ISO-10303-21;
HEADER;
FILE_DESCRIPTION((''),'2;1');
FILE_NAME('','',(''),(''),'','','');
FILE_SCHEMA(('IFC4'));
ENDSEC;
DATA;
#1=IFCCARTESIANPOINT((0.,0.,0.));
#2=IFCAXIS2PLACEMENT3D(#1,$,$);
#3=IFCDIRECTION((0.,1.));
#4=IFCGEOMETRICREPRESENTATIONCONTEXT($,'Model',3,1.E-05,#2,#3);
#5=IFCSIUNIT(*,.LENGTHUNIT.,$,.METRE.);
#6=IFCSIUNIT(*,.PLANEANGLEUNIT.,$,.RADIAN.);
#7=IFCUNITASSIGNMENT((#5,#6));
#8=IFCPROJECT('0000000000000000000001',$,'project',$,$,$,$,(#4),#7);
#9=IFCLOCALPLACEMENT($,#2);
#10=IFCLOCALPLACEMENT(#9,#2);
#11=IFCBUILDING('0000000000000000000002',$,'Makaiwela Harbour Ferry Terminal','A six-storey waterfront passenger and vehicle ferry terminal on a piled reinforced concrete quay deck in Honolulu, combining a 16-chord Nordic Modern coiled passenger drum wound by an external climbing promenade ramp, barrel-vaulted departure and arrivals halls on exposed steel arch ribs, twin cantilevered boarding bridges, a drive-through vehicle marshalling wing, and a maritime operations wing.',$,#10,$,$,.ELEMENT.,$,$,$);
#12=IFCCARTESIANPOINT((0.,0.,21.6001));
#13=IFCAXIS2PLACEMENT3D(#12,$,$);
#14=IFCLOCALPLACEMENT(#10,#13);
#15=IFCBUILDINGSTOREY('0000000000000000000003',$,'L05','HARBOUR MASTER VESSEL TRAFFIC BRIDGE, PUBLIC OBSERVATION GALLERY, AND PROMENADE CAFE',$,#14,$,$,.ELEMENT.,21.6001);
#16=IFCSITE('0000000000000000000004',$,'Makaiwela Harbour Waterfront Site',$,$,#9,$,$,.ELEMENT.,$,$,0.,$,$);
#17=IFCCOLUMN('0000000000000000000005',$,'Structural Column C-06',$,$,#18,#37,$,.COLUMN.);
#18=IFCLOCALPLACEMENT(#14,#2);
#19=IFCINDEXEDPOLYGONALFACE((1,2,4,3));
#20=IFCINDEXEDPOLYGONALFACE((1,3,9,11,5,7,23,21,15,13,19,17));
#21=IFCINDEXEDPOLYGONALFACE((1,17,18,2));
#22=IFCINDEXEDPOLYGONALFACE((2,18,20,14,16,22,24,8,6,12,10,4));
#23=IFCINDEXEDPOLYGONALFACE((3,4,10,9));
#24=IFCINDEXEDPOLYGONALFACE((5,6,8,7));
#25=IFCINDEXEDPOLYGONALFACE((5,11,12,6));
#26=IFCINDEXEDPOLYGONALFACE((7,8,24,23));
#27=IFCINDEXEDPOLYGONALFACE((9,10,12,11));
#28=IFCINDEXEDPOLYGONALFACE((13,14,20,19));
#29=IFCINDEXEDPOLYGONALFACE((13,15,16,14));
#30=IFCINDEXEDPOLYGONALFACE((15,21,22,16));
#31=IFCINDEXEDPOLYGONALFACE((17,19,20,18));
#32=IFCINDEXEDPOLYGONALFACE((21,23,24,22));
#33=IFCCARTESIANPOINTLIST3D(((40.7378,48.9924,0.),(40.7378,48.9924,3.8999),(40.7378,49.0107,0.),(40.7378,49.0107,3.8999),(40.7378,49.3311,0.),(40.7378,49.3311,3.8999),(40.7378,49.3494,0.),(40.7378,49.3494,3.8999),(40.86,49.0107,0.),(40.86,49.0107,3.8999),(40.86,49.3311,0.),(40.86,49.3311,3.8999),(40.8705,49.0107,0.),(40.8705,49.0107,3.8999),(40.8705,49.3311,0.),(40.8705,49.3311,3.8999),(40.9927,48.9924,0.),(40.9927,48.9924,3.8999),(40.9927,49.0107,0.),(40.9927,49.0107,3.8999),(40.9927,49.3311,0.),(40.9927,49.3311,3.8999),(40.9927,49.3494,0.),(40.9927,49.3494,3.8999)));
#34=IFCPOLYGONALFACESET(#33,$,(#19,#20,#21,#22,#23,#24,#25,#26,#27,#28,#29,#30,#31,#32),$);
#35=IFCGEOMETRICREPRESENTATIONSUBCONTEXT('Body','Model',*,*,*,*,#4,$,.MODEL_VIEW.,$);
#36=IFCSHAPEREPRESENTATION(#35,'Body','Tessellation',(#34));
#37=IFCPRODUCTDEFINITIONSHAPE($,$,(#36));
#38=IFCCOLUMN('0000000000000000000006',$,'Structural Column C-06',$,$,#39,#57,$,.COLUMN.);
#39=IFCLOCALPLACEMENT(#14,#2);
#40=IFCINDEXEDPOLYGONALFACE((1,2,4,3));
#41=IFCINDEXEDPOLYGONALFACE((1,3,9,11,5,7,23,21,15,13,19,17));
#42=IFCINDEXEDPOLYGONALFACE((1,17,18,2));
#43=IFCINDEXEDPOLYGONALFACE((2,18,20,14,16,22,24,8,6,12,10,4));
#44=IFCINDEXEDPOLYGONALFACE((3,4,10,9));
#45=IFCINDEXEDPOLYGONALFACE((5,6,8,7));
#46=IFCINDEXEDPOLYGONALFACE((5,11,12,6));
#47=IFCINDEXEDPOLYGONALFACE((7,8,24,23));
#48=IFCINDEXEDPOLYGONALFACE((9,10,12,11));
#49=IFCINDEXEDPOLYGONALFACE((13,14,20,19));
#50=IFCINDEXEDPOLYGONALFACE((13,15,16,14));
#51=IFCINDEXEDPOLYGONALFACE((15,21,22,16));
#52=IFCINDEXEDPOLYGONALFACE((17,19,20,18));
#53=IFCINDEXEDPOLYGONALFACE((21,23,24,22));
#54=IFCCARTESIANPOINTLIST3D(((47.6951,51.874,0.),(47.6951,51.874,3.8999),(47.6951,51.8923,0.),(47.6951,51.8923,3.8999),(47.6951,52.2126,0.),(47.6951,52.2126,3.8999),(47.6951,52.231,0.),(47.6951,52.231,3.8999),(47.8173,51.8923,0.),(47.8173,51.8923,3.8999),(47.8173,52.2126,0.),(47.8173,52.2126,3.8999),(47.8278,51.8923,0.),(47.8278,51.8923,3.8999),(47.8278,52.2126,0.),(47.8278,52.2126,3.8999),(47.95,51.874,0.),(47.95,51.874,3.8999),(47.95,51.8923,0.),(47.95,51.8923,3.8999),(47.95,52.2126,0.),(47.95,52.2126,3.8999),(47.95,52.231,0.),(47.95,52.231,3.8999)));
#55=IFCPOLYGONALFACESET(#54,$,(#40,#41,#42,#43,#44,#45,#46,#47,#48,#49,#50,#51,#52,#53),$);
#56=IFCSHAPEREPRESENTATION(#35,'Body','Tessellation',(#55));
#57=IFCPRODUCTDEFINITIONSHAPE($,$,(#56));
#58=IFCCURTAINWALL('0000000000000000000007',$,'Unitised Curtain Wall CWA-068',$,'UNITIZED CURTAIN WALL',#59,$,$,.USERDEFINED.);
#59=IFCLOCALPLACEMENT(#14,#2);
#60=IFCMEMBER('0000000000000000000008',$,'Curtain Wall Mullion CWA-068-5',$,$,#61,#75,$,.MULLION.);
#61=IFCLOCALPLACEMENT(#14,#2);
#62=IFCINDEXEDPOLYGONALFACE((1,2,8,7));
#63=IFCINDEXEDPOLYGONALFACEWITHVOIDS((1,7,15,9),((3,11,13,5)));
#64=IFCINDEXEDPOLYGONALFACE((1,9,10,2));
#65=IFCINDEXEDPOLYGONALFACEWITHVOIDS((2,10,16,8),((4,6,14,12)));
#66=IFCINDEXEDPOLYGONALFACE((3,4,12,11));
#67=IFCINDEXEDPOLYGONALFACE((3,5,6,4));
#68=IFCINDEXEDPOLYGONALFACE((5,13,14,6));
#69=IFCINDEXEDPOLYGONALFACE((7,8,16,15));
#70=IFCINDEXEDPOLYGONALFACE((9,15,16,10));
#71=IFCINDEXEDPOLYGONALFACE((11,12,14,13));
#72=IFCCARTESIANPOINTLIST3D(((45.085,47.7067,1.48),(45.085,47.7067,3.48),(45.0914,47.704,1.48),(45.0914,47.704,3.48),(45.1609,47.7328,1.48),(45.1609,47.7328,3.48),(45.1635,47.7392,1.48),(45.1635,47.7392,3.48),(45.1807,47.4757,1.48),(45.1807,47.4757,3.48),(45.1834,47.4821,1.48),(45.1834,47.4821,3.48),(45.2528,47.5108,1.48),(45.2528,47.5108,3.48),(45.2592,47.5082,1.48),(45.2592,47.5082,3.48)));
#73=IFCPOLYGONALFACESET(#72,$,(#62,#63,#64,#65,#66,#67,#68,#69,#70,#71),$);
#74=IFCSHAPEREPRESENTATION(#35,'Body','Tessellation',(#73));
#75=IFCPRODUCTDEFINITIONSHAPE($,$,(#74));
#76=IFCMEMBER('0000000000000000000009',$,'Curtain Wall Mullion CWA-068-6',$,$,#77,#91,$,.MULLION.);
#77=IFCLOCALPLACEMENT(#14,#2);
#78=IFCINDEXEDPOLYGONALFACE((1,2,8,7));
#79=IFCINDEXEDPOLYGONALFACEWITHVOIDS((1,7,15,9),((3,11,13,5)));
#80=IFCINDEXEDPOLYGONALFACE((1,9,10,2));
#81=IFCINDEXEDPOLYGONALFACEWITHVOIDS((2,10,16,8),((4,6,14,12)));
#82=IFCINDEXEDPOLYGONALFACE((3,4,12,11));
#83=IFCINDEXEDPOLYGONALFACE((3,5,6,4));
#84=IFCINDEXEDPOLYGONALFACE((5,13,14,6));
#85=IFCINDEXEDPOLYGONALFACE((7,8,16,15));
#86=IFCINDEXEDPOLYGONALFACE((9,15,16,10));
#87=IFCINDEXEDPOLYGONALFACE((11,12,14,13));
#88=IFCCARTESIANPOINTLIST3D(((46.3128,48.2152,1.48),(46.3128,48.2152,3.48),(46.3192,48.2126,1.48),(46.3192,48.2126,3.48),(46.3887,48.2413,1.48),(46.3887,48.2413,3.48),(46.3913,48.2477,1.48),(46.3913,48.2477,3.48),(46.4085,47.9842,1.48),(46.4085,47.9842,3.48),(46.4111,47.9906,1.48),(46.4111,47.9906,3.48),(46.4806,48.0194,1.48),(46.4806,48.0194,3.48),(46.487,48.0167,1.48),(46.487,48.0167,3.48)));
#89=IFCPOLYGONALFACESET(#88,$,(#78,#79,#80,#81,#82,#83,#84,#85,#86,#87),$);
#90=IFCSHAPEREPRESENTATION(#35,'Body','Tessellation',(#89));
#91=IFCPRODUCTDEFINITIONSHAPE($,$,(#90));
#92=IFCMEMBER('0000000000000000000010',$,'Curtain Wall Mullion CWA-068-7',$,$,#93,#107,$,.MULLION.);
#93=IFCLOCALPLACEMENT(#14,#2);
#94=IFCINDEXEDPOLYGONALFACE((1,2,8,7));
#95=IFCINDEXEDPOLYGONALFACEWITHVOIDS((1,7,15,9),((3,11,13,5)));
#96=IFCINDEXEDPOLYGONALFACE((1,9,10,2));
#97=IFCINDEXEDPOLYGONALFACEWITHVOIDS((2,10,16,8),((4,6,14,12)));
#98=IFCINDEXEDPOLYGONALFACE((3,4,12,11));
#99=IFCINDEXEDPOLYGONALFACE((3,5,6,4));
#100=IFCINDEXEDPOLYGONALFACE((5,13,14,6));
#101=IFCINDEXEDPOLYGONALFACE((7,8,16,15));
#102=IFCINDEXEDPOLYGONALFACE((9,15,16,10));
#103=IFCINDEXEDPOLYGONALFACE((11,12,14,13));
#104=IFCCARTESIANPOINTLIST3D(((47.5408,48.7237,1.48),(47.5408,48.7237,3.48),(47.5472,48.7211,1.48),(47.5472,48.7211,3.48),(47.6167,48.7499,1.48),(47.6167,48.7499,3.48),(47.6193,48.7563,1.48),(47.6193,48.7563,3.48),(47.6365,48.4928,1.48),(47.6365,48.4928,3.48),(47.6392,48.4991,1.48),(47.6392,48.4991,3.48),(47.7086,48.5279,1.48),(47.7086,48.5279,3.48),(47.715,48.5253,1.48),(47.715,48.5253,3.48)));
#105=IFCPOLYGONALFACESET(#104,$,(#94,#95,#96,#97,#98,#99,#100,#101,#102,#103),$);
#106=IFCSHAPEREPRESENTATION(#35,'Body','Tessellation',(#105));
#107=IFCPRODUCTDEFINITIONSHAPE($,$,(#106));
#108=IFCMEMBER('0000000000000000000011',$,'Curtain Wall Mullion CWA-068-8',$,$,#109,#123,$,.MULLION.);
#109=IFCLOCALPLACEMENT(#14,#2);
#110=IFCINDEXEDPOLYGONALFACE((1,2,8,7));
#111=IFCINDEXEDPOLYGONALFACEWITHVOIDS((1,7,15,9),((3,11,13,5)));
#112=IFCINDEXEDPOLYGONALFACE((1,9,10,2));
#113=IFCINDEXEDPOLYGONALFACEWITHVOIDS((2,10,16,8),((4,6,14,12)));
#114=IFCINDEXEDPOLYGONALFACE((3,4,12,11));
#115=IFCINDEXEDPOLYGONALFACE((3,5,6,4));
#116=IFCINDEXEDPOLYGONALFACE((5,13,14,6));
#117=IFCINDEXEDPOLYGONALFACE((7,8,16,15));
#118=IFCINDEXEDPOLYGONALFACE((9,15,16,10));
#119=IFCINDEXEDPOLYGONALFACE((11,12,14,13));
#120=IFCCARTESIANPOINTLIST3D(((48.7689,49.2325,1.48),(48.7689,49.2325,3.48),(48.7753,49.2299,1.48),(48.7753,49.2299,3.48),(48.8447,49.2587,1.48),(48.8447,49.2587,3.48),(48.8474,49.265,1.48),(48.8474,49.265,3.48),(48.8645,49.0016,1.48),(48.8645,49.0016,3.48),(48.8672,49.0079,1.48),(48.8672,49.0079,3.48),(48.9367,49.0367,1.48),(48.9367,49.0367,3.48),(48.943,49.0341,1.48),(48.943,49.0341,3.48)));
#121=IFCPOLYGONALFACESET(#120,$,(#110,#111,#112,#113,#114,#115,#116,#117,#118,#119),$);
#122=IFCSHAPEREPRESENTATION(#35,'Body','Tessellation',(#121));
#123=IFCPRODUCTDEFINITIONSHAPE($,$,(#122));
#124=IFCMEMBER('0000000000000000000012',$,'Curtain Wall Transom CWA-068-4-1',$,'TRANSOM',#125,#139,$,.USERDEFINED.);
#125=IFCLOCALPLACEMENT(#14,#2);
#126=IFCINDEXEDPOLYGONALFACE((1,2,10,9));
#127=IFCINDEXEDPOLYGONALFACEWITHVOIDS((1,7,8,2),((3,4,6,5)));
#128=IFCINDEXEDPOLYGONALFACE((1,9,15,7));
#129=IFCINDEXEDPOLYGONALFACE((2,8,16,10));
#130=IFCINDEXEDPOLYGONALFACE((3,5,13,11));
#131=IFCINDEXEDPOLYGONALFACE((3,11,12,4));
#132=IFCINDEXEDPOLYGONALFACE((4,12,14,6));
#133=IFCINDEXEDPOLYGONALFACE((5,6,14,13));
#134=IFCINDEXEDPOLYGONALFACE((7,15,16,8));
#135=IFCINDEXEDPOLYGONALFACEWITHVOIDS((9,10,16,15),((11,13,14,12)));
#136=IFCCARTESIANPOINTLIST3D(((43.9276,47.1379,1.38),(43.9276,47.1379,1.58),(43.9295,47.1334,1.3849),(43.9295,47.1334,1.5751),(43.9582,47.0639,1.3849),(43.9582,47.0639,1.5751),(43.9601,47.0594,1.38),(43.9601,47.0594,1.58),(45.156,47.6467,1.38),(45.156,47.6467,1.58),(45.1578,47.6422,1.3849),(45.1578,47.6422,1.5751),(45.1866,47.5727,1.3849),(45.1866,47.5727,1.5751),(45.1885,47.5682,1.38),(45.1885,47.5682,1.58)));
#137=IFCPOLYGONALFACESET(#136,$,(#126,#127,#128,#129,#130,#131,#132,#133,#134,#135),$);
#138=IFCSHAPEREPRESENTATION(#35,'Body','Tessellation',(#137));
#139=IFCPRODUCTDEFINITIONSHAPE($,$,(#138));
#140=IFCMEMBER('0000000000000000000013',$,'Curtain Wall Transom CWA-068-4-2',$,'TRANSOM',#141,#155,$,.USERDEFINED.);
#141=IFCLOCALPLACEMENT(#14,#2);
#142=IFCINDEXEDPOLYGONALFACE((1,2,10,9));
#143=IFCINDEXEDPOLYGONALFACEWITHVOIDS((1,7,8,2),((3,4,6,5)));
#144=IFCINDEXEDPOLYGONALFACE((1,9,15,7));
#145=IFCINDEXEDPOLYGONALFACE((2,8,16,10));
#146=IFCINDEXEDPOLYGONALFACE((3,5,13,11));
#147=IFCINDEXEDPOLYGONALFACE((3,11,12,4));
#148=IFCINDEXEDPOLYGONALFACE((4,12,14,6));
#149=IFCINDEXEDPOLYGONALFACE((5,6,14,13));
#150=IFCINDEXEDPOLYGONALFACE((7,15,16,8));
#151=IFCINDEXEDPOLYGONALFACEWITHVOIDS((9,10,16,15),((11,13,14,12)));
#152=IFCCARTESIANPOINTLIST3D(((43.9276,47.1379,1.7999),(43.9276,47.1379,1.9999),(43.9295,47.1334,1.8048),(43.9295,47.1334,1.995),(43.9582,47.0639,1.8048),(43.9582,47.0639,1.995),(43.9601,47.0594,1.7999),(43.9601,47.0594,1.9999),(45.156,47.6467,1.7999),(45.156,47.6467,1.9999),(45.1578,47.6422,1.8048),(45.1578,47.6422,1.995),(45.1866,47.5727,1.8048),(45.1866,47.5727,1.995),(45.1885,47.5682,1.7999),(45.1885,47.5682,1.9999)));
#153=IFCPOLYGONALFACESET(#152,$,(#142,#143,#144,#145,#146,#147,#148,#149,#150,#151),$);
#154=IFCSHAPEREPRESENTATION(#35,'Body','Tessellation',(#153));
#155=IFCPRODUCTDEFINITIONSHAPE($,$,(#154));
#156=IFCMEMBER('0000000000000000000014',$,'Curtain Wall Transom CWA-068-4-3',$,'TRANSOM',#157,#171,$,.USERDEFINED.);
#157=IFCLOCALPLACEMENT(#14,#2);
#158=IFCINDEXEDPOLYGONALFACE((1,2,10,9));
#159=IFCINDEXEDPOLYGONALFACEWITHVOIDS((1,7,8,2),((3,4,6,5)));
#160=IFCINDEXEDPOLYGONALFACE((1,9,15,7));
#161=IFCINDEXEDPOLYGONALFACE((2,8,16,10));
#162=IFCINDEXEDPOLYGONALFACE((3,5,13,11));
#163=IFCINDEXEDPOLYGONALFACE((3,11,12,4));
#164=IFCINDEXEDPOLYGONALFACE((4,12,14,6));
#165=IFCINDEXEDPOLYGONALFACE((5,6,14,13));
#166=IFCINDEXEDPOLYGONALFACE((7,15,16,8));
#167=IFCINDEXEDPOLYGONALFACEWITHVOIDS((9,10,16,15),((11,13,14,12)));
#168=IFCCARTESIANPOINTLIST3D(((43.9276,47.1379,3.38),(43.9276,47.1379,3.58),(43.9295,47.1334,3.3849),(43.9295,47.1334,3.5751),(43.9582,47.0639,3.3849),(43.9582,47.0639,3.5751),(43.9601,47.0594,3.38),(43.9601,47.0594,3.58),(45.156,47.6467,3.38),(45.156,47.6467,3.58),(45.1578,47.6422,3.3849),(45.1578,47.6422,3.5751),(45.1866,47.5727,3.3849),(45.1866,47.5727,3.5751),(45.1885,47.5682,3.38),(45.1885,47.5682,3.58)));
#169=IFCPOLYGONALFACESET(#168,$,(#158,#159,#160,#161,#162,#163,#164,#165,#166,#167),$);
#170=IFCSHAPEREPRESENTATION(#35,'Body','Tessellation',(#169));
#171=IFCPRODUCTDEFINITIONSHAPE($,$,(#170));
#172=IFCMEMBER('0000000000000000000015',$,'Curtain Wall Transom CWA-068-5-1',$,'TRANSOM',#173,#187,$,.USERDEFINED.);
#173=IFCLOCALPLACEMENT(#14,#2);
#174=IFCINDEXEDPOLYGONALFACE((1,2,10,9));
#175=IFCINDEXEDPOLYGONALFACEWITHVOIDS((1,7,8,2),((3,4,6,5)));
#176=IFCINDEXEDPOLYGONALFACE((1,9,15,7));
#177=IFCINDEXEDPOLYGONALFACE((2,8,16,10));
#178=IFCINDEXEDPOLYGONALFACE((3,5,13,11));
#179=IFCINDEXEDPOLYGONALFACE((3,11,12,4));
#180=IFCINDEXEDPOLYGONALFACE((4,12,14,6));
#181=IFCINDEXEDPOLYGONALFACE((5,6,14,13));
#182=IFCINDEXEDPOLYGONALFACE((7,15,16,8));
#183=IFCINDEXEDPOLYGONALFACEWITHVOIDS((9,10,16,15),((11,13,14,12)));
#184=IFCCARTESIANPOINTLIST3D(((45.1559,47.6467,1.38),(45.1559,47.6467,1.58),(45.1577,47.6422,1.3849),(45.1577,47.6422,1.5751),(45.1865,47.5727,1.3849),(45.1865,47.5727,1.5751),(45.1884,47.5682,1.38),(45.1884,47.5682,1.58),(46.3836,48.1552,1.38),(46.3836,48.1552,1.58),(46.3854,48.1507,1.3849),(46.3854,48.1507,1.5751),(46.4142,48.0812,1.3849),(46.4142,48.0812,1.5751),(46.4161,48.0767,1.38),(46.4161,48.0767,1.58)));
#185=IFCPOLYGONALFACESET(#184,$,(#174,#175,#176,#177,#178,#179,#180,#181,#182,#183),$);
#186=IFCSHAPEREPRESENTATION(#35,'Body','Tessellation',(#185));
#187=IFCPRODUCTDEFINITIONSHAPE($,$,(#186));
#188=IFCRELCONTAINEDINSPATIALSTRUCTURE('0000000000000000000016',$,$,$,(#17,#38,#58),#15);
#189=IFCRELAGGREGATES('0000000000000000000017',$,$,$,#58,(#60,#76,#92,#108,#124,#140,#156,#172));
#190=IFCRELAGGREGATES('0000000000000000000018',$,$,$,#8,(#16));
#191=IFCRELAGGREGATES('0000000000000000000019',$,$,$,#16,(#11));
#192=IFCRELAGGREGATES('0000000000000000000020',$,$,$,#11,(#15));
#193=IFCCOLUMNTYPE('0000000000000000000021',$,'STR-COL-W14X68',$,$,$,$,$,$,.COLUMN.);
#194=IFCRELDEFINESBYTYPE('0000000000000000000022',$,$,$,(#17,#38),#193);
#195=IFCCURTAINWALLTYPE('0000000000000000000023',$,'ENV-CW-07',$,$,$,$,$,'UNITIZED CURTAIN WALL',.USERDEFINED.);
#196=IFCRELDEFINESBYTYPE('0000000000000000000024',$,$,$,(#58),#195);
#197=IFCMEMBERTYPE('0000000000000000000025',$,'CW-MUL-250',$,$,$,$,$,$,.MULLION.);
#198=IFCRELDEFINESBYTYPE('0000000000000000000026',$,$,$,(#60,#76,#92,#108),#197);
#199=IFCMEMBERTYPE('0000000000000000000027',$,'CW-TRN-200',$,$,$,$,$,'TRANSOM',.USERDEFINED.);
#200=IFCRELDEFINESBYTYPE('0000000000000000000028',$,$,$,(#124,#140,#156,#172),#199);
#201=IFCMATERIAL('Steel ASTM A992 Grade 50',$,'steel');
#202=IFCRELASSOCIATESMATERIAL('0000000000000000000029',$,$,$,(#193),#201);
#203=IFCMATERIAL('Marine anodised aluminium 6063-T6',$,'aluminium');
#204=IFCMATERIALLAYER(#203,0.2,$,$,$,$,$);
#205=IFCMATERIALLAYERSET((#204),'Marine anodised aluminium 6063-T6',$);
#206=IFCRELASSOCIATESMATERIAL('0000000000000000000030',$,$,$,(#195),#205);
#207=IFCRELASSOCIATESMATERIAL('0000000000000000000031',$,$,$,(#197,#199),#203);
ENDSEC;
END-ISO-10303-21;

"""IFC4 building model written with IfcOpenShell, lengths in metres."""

from ifc_helpers import new_model, si_unit, direction, frame, origin, origin_2d, place, context, subcontext, project, spatial, hollow_rectangle, i_section, extrude, material, layer, layer_set, material_profile, profile_set, type_object, element, aggregate, save


model = new_model("IFC4")

# Units and contexts
model_context = context("Model", 3, precision=1e-05, world=origin(), true_north=direction((0.0, 1.0)))
body_context = subcontext(model_context, "Body", "Model", "MODEL_VIEW")
ifc_project = project(units=[si_unit("LENGTHUNIT", "METRE"), si_unit("PLANEANGLEUNIT", "RADIAN")], contexts=[model_context])

# Site, building, storey
site_placement = place(None, origin())
site = spatial("IfcSite", under=ifc_project, at=site_placement, Name="Makaiwela Harbour Waterfront Site", CompositionType="ELEMENT", RefElevation=0.0)
building_placement = place(site_placement, origin())
building = spatial("IfcBuilding", under=site, at=building_placement, Name="Makaiwela Harbour Ferry Terminal", Description="A six-storey waterfront passenger and vehicle ferry terminal on a piled reinforced concrete quay deck in Honolulu, combining a 16-chord Nordic Modern coiled passenger drum wound by an external climbing promenade ramp, barrel-vaulted departure and arrivals halls on exposed steel arch ribs, twin cantilevered boarding bridges, a drive-through vehicle marshalling wing, and a maritime operations wing.", CompositionType="ELEMENT")
storey_placement = place(building_placement, frame((0.0, 0.0, 21.6001)))
storey = spatial("IfcBuildingStorey", under=building, at=storey_placement, Name="L05", Description="HARBOUR MASTER VESSEL TRAFFIC BRIDGE, PUBLIC OBSERVATION GALLERY, AND PROMENADE CAFE", CompositionType="ELEMENT", Elevation=21.6001)

# Columns
ifc_material_1 = material(Name="Steel ASTM A992 Grade 50", Category="steel")
ifc_material_profile_1 = material_profile(ifc_material_1, i_section(OverallWidth=0.2549, OverallDepth=0.3569, WebThickness=0.0105, FlangeThickness=0.0183, at=origin_2d()), Name="W14X68")
ifc_profile_set_1 = profile_set([ifc_material_profile_1], Name="Steel ASTM A992 Grade 50")
column_type = type_object("IfcColumnType", Name="STR-COL-W14X68", PredefinedType="COLUMN", material=ifc_profile_set_1)
for number, where, z_axis, x_axis, name in (
    (1, (40.8652, 49.1709, 0.0), (0.0, 0.0, 1.0), (1.0, 0.0, 0.0), "Structural Column C-06"),
    (2, (47.8225, 52.0525, 0.0), (0.0, 0.0, 1.0), (1.0, 0.0, 0.0), "Structural Column C-06"),
):
    element("IfcColumn", number, at=place(storey_placement, frame(where, z_axis=z_axis, x_axis=x_axis)), inside=storey, type_object=column_type, Name=name, PredefinedType="COLUMN", context=body_context, shape_type="SweptSolid", body=[
        extrude(i_section(OverallWidth=0.2549, OverallDepth=0.3569, WebThickness=0.0105, FlangeThickness=0.0183, at=origin_2d()), origin(), (0.0, 0.0, 1.0), 3.8999),
    ])

# Curtain wall, members
ifc_material_2 = material(Name="Marine anodised aluminium 6063-T6", Category="aluminium")
ifc_layer_1 = layer(ifc_material_2, 0.2)
ifc_layer_set_1 = layer_set([ifc_layer_1], Name="Marine anodised aluminium 6063-T6")
curtain_wall_type = type_object("IfcCurtainWallType", Name="ENV-CW-07", ElementType="UNITIZED CURTAIN WALL", PredefinedType="USERDEFINED", material=ifc_layer_set_1)
curtain_wall_placement = place(storey_placement, origin())
curtain_wall = element("IfcCurtainWall", 3, at=curtain_wall_placement, inside=storey, type_object=curtain_wall_type, Name="Unitised Curtain Wall CWA-068", ObjectType="UNITIZED CURTAIN WALL", PredefinedType="USERDEFINED")
ifc_material_profile_2 = material_profile(ifc_material_2, hollow_rectangle(XDim=0.085, YDim=0.25, WallThickness=0.0049, at=origin_2d()), Name="CWM-250X85")
ifc_profile_set_2 = profile_set([ifc_material_profile_2], Name="Marine anodised aluminium 6063-T6")
member_type_1 = type_object("IfcMemberType", Name="CW-MUL-250", PredefinedType="MULLION", material=ifc_profile_set_2)
member_1_placement = place(storey_placement, frame((45.1721, 47.6074, 1.48), z_axis=(0.0, 0.0, 1.0), x_axis=(0.92388, 0.382683, 0.0)))
member_1 = element("IfcMember", 4, at=member_1_placement, type_object=member_type_1, Name="Curtain Wall Mullion CWA-068-5", PredefinedType="MULLION", context=body_context, shape_type="SweptSolid", body=[
    extrude(hollow_rectangle(XDim=0.085, YDim=0.25, WallThickness=0.0049, at=origin_2d()), origin(), (0.0, 0.0, 1.0), 2.0),
])
member_2_placement = place(storey_placement, frame((46.3999, 48.116, 1.48), z_axis=(0.0, 0.0, 1.0), x_axis=(0.92388, 0.382683, 0.0)))
member_2 = element("IfcMember", 5, at=member_2_placement, type_object=member_type_1, Name="Curtain Wall Mullion CWA-068-6", PredefinedType="MULLION", context=body_context, shape_type="SweptSolid", body=[
    extrude(hollow_rectangle(XDim=0.085, YDim=0.25, WallThickness=0.0049, at=origin_2d()), origin(), (0.0, 0.0, 1.0), 2.0),
])
member_3_placement = place(storey_placement, frame((47.6279, 48.6245, 1.48), z_axis=(0.0, 0.0, 1.0), x_axis=(0.92388, 0.382683, 0.0)))
member_3 = element("IfcMember", 6, at=member_3_placement, type_object=member_type_1, Name="Curtain Wall Mullion CWA-068-7", PredefinedType="MULLION", context=body_context, shape_type="SweptSolid", body=[
    extrude(hollow_rectangle(XDim=0.085, YDim=0.25, WallThickness=0.0049, at=origin_2d()), origin(), (0.0, 0.0, 1.0), 2.0),
])
member_4_placement = place(storey_placement, frame((48.856, 49.1333, 1.48), z_axis=(0.0, 0.0, 1.0), x_axis=(0.92388, 0.382683, 0.0)))
member_4 = element("IfcMember", 7, at=member_4_placement, type_object=member_type_1, Name="Curtain Wall Mullion CWA-068-8", PredefinedType="MULLION", context=body_context, shape_type="SweptSolid", body=[
    extrude(hollow_rectangle(XDim=0.085, YDim=0.25, WallThickness=0.0049, at=origin_2d()), origin(), (0.0, 0.0, 1.0), 2.0),
])
ifc_material_profile_3 = material_profile(ifc_material_2, hollow_rectangle(XDim=0.085, YDim=0.2, WallThickness=0.0049, at=origin_2d()), Name="CWT-200X85")
ifc_profile_set_3 = profile_set([ifc_material_profile_3], Name="Marine anodised aluminium 6063-T6")
member_type_2 = type_object("IfcMemberType", Name="CW-TRN-200", ElementType="TRANSOM", PredefinedType="USERDEFINED", material=ifc_profile_set_3)
member_5_placement = place(storey_placement, frame((43.9438, 47.0986, 1.48), z_axis=(0.923874, 0.382698, 0.0), x_axis=(-0.382698, 0.923874, 0.0)))
member_5 = element("IfcMember", 8, at=member_5_placement, type_object=member_type_2, Name="Curtain Wall Transom CWA-068-4-1", ObjectType="TRANSOM", PredefinedType="USERDEFINED", context=body_context, shape_type="SweptSolid", body=[
    extrude(hollow_rectangle(XDim=0.085, YDim=0.2, WallThickness=0.0049, at=origin_2d()), origin(), (0.0, 0.0, 1.0), 1.3296),
])
member_6_placement = place(storey_placement, frame((43.9438, 47.0986, 1.8999), z_axis=(0.923874, 0.382698, 0.0), x_axis=(-0.382698, 0.923874, 0.0)))
member_6 = element("IfcMember", 9, at=member_6_placement, type_object=member_type_2, Name="Curtain Wall Transom CWA-068-4-2", ObjectType="TRANSOM", PredefinedType="USERDEFINED", context=body_context, shape_type="SweptSolid", body=[
    extrude(hollow_rectangle(XDim=0.085, YDim=0.2, WallThickness=0.0049, at=origin_2d()), origin(), (0.0, 0.0, 1.0), 1.3296),
])
member_7_placement = place(storey_placement, frame((43.9438, 47.0986, 3.48), z_axis=(0.923874, 0.382698, 0.0), x_axis=(-0.382698, 0.923874, 0.0)))
member_7 = element("IfcMember", 10, at=member_7_placement, type_object=member_type_2, Name="Curtain Wall Transom CWA-068-4-3", ObjectType="TRANSOM", PredefinedType="USERDEFINED", context=body_context, shape_type="SweptSolid", body=[
    extrude(hollow_rectangle(XDim=0.085, YDim=0.2, WallThickness=0.0049, at=origin_2d()), origin(), (0.0, 0.0, 1.0), 1.3296),
])
member_8_placement = place(storey_placement, frame((45.1721, 47.6074, 1.48), z_axis=(0.923885, 0.382671, 0.0), x_axis=(-0.382671, 0.923885, 0.0)))
member_8 = element("IfcMember", 11, at=member_8_placement, type_object=member_type_2, Name="Curtain Wall Transom CWA-068-5-1", ObjectType="TRANSOM", PredefinedType="USERDEFINED", context=body_context, shape_type="SweptSolid", body=[
    extrude(hollow_rectangle(XDim=0.085, YDim=0.2, WallThickness=0.0049, at=origin_2d()), origin(), (0.0, 0.0, 1.0), 1.3289),
])

aggregate(curtain_wall, [member_1, member_2, member_3, member_4, member_5, member_6, member_7, member_8])

save(model, "model.ifc")
